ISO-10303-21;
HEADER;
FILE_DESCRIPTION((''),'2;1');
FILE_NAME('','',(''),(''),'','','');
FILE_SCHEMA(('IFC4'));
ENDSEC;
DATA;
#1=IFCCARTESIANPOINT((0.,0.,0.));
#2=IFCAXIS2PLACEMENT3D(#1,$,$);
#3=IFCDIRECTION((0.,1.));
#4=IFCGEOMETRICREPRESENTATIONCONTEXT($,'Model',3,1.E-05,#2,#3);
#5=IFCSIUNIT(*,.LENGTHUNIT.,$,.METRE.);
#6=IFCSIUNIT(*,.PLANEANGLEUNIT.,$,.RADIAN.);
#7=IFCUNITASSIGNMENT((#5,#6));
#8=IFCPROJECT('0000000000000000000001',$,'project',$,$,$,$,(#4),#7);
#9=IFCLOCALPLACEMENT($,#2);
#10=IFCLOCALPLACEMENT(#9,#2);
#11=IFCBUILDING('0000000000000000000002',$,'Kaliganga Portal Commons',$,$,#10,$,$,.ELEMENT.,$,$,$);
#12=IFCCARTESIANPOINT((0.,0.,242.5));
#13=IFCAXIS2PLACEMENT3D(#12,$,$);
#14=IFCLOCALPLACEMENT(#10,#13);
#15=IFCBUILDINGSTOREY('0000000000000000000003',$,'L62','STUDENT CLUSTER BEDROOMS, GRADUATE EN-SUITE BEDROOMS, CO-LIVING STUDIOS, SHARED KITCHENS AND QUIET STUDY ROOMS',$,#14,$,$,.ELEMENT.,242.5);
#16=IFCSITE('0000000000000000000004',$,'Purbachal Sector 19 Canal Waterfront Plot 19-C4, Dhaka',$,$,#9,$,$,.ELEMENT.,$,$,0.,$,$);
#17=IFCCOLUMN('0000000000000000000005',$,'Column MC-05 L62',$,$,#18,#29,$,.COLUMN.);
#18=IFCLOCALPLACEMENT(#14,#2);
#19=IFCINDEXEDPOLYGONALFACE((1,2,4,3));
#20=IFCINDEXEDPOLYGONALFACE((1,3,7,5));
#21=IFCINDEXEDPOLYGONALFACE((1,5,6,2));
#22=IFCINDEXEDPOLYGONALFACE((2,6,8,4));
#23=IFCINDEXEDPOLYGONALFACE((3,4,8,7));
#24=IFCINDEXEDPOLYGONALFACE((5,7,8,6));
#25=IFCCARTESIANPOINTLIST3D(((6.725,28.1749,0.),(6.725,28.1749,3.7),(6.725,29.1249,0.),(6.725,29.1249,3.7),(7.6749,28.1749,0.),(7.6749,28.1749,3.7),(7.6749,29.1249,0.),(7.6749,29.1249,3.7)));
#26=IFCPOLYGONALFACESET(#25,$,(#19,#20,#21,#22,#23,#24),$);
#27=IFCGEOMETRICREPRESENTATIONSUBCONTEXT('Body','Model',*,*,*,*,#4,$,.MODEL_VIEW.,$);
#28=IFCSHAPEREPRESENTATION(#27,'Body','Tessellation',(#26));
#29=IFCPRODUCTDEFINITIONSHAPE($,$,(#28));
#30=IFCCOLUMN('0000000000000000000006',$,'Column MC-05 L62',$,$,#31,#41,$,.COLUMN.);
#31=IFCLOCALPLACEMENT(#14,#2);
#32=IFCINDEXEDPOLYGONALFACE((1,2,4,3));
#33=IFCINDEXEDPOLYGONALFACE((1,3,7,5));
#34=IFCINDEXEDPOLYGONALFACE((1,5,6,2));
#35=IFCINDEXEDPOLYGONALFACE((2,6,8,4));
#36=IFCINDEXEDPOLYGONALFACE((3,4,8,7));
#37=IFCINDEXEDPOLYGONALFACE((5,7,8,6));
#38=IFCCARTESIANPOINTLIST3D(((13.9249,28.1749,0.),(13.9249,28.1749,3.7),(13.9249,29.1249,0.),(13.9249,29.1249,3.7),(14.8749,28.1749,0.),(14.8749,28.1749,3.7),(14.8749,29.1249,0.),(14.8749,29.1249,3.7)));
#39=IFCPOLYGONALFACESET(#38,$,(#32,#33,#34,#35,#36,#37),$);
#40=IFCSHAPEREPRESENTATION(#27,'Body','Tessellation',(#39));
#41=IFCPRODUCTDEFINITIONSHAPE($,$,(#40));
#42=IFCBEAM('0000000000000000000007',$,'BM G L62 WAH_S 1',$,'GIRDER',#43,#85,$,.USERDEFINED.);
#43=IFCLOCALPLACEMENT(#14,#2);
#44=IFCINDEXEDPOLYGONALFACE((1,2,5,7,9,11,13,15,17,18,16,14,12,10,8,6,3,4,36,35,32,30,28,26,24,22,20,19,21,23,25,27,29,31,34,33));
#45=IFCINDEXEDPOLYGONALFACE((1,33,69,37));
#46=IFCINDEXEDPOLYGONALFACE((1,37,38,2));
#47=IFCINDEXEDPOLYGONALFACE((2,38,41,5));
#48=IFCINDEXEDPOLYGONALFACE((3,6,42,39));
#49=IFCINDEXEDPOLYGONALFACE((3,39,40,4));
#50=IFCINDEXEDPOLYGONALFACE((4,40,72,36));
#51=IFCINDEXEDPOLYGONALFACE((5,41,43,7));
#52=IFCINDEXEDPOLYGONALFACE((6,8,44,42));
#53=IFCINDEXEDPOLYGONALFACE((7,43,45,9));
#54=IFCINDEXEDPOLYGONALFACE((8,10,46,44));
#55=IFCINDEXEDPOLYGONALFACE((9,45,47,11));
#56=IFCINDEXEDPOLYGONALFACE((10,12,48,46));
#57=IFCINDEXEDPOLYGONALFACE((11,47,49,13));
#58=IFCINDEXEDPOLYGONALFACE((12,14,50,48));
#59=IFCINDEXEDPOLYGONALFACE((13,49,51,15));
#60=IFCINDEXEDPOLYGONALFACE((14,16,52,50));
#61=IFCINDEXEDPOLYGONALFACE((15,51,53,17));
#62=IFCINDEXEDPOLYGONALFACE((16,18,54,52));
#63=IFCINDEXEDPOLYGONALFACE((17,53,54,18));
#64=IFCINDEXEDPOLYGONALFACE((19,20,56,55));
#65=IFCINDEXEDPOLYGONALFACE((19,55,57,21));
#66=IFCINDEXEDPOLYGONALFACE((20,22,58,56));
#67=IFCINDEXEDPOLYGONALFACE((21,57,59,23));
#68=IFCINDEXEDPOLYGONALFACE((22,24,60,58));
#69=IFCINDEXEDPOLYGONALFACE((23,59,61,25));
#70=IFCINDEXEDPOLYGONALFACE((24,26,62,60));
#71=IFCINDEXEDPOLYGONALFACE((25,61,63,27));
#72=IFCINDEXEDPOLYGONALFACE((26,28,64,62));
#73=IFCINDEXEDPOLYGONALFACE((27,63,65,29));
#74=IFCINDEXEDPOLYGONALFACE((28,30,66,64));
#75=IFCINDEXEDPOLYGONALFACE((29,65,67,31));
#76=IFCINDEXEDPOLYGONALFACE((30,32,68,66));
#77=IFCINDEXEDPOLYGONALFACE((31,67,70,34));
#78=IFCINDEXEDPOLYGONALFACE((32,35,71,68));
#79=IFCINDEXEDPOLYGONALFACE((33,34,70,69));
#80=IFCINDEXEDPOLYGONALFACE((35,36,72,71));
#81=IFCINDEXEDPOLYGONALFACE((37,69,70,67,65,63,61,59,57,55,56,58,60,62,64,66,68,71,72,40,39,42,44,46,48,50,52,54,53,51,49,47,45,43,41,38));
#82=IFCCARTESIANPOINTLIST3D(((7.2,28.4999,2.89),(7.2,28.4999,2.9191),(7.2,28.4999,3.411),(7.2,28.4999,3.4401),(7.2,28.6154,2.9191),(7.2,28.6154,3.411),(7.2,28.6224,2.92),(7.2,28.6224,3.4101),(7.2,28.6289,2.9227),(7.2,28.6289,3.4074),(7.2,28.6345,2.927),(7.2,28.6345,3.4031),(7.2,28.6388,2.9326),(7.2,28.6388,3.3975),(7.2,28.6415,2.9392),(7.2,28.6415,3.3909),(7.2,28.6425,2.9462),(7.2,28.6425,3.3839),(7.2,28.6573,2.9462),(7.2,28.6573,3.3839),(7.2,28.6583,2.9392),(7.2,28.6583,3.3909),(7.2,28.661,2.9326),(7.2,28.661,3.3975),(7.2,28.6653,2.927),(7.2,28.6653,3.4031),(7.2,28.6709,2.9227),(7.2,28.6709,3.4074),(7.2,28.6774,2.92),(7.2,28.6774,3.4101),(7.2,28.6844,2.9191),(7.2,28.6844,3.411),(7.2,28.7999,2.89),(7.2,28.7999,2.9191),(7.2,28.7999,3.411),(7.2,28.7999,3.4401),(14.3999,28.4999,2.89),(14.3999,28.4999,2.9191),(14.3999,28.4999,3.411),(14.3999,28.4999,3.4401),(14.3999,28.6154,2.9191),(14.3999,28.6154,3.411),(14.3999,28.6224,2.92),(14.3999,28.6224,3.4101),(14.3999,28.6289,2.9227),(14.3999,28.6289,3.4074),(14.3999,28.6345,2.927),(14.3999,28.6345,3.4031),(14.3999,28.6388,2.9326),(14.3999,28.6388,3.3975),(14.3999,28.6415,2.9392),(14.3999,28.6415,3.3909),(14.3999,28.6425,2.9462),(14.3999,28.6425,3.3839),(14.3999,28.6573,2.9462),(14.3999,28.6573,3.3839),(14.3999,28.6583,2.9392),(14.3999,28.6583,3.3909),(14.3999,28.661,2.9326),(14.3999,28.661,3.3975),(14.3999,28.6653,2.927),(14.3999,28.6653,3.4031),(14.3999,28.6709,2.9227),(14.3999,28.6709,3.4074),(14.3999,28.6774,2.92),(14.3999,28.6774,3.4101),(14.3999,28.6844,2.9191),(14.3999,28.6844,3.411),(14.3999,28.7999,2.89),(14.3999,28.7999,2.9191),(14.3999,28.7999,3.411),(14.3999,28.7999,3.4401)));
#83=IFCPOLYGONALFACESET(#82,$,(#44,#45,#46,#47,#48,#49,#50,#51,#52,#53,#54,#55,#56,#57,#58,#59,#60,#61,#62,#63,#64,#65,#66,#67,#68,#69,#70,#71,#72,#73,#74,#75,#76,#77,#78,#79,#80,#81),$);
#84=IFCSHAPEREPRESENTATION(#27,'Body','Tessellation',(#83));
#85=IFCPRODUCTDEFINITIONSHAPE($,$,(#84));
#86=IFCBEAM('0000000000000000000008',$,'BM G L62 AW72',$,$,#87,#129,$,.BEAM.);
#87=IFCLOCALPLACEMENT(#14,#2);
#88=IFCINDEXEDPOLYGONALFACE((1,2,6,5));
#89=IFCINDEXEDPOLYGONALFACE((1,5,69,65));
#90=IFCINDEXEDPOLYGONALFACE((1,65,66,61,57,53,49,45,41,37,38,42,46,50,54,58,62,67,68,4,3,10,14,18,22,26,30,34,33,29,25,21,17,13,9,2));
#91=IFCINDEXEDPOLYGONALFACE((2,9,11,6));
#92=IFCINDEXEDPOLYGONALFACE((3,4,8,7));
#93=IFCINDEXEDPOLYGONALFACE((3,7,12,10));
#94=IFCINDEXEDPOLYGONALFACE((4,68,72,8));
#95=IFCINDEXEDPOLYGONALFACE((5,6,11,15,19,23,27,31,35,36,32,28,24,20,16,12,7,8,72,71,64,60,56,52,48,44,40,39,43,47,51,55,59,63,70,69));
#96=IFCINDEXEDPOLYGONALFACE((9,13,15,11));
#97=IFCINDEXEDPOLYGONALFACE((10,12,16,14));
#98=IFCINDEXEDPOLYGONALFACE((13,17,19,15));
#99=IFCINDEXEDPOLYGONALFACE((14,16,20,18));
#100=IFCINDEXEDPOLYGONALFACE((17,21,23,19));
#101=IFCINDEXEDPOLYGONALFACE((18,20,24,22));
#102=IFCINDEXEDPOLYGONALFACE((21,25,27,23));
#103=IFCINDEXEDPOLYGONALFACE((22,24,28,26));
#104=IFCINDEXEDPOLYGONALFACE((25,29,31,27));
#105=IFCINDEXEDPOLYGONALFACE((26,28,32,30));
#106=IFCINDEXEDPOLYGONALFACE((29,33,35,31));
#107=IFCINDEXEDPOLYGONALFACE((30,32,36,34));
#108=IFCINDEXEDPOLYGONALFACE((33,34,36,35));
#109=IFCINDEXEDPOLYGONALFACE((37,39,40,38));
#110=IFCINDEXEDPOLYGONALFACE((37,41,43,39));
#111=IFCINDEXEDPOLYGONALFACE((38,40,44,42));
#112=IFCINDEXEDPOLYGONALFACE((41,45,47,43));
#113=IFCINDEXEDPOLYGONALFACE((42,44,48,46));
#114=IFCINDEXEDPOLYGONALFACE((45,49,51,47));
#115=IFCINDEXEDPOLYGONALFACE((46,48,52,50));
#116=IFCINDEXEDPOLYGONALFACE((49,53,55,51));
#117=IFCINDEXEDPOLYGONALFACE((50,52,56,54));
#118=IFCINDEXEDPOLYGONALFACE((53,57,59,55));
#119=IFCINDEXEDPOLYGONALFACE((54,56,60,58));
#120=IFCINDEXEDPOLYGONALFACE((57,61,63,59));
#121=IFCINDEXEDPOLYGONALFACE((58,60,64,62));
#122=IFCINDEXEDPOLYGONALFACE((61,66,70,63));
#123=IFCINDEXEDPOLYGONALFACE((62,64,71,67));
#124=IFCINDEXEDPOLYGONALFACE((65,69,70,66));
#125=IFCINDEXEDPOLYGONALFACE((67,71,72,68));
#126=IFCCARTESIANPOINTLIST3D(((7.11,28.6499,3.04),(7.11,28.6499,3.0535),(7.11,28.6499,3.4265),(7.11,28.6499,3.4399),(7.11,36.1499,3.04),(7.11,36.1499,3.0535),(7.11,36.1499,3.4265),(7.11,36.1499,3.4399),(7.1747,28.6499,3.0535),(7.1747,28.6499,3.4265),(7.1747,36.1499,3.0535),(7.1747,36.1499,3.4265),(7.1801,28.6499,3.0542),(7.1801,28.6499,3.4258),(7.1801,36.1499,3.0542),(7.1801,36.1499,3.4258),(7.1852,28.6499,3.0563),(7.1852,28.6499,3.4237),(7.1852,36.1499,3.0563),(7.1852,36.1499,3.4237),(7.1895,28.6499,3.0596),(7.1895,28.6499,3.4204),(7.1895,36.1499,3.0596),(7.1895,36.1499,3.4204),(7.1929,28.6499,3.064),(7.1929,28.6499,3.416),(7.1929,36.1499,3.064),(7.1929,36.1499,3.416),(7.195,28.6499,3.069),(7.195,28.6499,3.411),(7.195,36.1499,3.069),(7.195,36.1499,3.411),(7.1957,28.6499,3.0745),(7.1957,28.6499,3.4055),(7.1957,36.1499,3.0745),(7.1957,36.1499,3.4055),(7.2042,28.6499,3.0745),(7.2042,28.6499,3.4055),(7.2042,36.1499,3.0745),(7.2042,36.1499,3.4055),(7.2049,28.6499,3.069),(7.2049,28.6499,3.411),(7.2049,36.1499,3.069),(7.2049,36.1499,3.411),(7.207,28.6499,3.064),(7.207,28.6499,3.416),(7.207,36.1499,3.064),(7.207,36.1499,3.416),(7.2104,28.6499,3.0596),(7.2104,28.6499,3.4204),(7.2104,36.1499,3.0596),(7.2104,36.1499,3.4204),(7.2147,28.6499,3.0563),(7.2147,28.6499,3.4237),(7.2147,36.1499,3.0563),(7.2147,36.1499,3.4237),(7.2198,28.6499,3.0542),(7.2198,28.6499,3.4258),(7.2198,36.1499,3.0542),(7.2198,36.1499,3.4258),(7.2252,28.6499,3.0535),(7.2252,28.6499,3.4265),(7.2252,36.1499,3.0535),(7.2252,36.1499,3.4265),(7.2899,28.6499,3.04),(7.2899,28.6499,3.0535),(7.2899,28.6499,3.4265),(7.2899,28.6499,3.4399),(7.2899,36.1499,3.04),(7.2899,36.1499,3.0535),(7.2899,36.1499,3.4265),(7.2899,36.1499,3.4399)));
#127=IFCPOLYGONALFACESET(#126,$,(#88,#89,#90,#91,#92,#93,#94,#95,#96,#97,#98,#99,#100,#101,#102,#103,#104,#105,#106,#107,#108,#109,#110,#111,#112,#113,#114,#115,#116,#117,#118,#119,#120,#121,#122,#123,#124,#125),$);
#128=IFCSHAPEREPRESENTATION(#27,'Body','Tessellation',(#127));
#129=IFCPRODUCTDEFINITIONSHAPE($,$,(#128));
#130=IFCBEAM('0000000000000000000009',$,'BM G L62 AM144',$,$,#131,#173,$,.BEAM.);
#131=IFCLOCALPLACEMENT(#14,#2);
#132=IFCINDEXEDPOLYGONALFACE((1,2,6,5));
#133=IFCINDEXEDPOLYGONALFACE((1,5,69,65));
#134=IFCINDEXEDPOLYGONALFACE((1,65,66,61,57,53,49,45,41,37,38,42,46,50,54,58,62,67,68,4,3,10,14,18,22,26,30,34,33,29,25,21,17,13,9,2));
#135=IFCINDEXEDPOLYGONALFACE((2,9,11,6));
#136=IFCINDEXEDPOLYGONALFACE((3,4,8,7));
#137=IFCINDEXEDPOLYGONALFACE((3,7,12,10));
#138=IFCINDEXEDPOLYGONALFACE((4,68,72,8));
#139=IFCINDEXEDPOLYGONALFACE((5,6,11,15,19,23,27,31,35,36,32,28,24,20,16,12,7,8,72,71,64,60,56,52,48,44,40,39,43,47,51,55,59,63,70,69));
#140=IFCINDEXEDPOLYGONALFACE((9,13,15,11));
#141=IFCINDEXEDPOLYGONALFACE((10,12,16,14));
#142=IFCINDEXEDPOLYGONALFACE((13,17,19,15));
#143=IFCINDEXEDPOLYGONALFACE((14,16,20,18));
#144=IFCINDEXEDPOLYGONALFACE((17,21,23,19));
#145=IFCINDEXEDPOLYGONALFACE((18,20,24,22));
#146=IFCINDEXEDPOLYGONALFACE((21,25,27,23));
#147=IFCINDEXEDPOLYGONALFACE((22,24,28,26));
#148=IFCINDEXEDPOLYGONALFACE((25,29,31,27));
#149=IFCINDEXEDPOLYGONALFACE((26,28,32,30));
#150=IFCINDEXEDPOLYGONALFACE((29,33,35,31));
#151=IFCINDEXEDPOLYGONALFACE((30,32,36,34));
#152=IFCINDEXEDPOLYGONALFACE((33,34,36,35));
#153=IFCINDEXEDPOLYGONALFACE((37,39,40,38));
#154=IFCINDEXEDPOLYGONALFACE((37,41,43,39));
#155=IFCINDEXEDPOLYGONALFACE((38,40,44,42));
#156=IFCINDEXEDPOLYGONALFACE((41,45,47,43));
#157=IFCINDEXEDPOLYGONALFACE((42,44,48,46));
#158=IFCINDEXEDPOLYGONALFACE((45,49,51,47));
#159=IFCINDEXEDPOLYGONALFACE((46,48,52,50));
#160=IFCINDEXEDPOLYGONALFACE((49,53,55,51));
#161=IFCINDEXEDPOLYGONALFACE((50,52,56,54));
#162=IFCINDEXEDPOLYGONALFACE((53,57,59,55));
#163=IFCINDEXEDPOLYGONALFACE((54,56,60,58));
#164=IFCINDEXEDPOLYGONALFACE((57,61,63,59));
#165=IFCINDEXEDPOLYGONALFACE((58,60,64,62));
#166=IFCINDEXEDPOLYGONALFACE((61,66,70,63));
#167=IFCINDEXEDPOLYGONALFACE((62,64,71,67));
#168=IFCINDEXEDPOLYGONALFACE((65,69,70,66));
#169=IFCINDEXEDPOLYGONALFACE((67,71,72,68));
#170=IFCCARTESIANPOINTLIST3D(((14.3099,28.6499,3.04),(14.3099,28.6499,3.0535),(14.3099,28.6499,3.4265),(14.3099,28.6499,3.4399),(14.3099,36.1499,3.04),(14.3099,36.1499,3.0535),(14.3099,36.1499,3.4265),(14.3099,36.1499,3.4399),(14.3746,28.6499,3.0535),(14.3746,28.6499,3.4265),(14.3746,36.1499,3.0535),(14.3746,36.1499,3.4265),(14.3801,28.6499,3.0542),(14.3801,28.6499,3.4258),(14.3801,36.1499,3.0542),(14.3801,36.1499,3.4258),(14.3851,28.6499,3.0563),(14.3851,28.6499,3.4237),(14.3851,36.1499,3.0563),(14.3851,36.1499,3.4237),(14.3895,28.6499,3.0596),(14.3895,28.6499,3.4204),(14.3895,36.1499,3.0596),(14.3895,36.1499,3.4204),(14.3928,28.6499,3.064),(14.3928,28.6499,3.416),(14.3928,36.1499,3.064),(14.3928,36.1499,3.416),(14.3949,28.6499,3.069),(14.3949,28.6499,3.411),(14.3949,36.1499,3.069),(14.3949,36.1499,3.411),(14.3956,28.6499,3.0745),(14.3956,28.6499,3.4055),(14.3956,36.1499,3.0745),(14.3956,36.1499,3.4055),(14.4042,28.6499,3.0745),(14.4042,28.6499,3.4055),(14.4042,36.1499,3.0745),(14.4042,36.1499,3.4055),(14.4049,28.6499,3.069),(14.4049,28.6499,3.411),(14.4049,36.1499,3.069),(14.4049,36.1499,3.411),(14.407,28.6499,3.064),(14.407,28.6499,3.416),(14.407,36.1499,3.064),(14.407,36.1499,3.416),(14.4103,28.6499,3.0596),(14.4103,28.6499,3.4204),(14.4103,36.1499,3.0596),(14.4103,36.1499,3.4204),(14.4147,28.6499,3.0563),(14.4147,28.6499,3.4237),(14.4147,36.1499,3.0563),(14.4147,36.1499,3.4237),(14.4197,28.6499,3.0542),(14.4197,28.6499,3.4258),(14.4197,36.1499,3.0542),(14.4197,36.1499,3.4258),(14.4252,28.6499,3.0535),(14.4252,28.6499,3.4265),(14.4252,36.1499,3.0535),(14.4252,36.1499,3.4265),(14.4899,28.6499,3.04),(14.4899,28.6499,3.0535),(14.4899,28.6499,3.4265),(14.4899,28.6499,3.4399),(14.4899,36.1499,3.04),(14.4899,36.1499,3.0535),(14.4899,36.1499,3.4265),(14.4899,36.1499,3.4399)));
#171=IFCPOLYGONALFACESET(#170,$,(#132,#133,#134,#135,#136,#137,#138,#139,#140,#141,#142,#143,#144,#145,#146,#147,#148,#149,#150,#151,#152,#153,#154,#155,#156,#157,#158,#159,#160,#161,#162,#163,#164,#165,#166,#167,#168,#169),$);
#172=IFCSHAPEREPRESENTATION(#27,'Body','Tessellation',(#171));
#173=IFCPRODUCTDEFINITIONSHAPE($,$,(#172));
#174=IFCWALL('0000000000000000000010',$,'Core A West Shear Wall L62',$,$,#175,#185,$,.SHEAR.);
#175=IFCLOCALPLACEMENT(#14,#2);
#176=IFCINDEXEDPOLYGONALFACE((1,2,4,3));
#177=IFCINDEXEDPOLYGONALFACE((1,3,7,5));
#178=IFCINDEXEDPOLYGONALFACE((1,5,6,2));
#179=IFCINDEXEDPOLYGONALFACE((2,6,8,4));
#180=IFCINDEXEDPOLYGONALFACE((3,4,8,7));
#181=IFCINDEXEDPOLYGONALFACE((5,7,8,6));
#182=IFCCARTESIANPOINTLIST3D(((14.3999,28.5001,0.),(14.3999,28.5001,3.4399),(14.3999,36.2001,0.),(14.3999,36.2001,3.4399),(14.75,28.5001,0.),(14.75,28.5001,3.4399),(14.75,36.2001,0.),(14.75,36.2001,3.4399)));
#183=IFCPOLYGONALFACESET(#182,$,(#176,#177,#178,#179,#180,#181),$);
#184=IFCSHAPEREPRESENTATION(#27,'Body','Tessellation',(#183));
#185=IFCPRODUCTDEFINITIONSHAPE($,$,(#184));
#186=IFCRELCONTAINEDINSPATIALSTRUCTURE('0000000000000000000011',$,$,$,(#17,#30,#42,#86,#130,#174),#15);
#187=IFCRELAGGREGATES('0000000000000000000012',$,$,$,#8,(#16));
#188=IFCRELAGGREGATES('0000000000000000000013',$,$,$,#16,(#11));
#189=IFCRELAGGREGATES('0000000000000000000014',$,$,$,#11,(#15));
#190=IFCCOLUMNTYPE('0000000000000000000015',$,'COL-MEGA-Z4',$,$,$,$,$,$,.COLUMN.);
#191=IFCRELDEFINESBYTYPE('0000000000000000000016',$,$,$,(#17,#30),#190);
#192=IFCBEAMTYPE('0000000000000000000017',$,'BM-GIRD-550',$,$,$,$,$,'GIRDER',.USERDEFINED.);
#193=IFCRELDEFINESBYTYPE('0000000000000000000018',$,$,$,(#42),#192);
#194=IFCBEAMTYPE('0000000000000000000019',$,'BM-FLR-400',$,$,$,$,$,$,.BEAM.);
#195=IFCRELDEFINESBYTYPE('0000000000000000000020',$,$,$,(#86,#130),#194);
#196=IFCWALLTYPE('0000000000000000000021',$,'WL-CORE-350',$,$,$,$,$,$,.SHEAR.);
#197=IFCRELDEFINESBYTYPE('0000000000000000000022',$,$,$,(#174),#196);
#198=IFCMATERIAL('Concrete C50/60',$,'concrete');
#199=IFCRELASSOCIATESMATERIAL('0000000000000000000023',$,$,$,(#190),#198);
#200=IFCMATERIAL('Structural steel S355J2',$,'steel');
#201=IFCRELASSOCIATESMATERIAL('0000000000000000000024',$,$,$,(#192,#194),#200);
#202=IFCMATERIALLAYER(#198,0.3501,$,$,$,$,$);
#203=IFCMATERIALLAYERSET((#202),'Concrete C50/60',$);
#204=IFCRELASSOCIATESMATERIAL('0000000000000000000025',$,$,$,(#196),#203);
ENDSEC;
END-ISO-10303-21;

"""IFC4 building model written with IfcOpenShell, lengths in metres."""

from ifc_helpers import new_model, si_unit, direction, frame, frame_2d, origin, origin_2d, place, context, subcontext, project, spatial, rectangle, i_section, extrude, source, transform, mapped, material, layer, layer_set, material_profile, profile_set, type_object, element, save


model = new_model("IFC4")

# Units and contexts
model_context = context("Model", 3, precision=1e-05, world=origin(), true_north=direction((0.0, 1.0)))
body_context = subcontext(model_context, "Body", "Model", "MODEL_VIEW")
ifc_project = project(units=[si_unit("LENGTHUNIT", "METRE"), si_unit("PLANEANGLEUNIT", "RADIAN")], contexts=[model_context])

# Site, building, storey
site_placement = place(None, origin())
site = spatial("IfcSite", under=ifc_project, at=site_placement, Name="Purbachal Sector 19 Canal Waterfront Plot 19-C4, Dhaka", CompositionType="ELEMENT", RefElevation=0.0)
building_placement = place(site_placement, origin())
building = spatial("IfcBuilding", under=site, at=building_placement, Name="Kaliganga Portal Commons", CompositionType="ELEMENT")
storey_placement = place(building_placement, frame((0.0, 0.0, 242.5)))
storey = spatial("IfcBuildingStorey", under=building, at=storey_placement, Name="L62", Description="STUDENT CLUSTER BEDROOMS, GRADUATE EN-SUITE BEDROOMS, CO-LIVING STUDIOS, SHARED KITCHENS AND QUIET STUDY ROOMS", CompositionType="ELEMENT", Elevation=242.5)

# Columns
ifc_material_1 = material(Name="Concrete C50/60", Category="concrete")
ifc_material_profile_1 = material_profile(ifc_material_1, rectangle(XDim=0.95, YDim=0.95, at=origin_2d()), Name="RC 950x950")
ifc_profile_set_1 = profile_set([ifc_material_profile_1], Name="Concrete C50/60")
column_type = type_object("IfcColumnType", Name="COL-MEGA-Z4", PredefinedType="COLUMN", material=ifc_profile_set_1)
shared_shape_1 = source(origin(), body_context, "Body", "SweptSolid", [
    extrude(rectangle(XDim=0.95, YDim=0.95, at=origin_2d()), origin(), (0.0, 0.0, 1.0), 3.7),
])
for number, where, z_axis, x_axis, name in (
    (1, (7.2, 28.6499, 0.0), (0.0, 0.0, 1.0), (1.0, 0.0, 0.0), "Column MC-05 L62"),
    (2, (14.3999, 28.6499, 0.0), (0.0, 0.0, 1.0), (1.0, 0.0, 0.0), "Column MC-05 L62"),
):
    element("IfcColumn", number, at=place(storey_placement, frame(where, z_axis=z_axis, x_axis=x_axis)), inside=storey, type_object=column_type, Name=name, PredefinedType="COLUMN", context=body_context, shape_type="MappedRepresentation", body=[
        mapped(shared_shape_1, transform((0.0, 0.0, 0.0), x_axis=(1.0, 0.0, 0.0), y_axis=(0.0, 1.0, 0.0), z_axis=(0.0, 0.0, 1.0), scale=1.0)),
    ])

# Beams
ifc_material_2 = material(Name="Structural steel S355J2", Category="steel")
ifc_material_profile_2 = material_profile(ifc_material_2, i_section(OverallWidth=0.3, OverallDepth=0.55, WebThickness=0.0149, FlangeThickness=0.0291, FilletRadius=0.0271, at=origin_2d()), Name="HE 550 B")
ifc_profile_set_2 = profile_set([ifc_material_profile_2], Name="Structural steel S355J2 wide-flange")
beam_type_1 = type_object("IfcBeamType", Name="BM-GIRD-550", ElementType="GIRDER", PredefinedType="USERDEFINED", material=ifc_profile_set_2)
shared_shape_2 = source(origin(), body_context, "Body", "SweptSolid", [
    extrude(i_section(OverallWidth=0.3, OverallDepth=0.55, WebThickness=0.0149, FlangeThickness=0.0291, FilletRadius=0.0271, at=origin_2d()), origin(), (0.0, 0.0, 1.0), 7.2),
])
beam_placement = place(storey_placement, frame((7.2, 28.6499, 3.165), z_axis=(1.0, 0.0, 0.0), x_axis=(0.0, 1.0, 0.0)))
element("IfcBeam", 3, at=beam_placement, inside=storey, type_object=beam_type_1, Name="BM G L62 WAH_S 1", ObjectType="GIRDER", PredefinedType="USERDEFINED", context=body_context, shape_type="MappedRepresentation", body=[
    mapped(shared_shape_2, transform((0.0, 0.0, 0.0), x_axis=(1.0, 0.0, 0.0), y_axis=(0.0, 1.0, 0.0), z_axis=(0.0, 0.0, 1.0), scale=1.0)),
])
ifc_material_profile_3 = material_profile(ifc_material_2, i_section(OverallWidth=0.1799, OverallDepth=0.3999, WebThickness=0.0085, FlangeThickness=0.0134, FilletRadius=0.021, at=origin_2d()), Name="IPE 400")
ifc_profile_set_3 = profile_set([ifc_material_profile_3], Name="Structural steel S355J2 wide-flange")
beam_type_2 = type_object("IfcBeamType", Name="BM-FLR-400", PredefinedType="BEAM", material=ifc_profile_set_3)
shared_shape_3 = source(origin(), body_context, "Body", "SweptSolid", [
    extrude(i_section(OverallWidth=0.1799, OverallDepth=0.3999, WebThickness=0.0085, FlangeThickness=0.0134, FilletRadius=0.021, at=origin_2d()), origin(), (0.0, 0.0, 1.0), 7.5),
])
for number, where, z_axis, x_axis, name in (
    (4, (7.2, 28.6499, 3.24), (0.0, 1.0, 0.0), (-1.0, 0.0, 0.0), "BM G L62 AW72"),
    (5, (14.3999, 28.6499, 3.24), (0.0, 1.0, 0.0), (-1.0, 0.0, 0.0), "BM G L62 AM144"),
):
    element("IfcBeam", number, at=place(storey_placement, frame(where, z_axis=z_axis, x_axis=x_axis)), inside=storey, type_object=beam_type_2, Name=name, PredefinedType="BEAM", context=body_context, shape_type="MappedRepresentation", body=[
        mapped(shared_shape_3, transform((0.0, 0.0, 0.0), x_axis=(1.0, 0.0, 0.0), y_axis=(0.0, 1.0, 0.0), z_axis=(0.0, 0.0, 1.0), scale=1.0)),
    ])

# Wall
ifc_layer_1 = layer(ifc_material_1, 0.3501)
ifc_layer_set_1 = layer_set([ifc_layer_1], Name="Concrete C50/60")
wall_type_1 = type_object("IfcWallType", Name="WL-CORE-350", PredefinedType="SHEAR", material=ifc_layer_set_1)
wall_1_placement = place(storey_placement, frame((14.575, 28.5, 0.0), z_axis=(0.0, 0.0, 1.0), x_axis=(0.0, 1.0, 0.0)))
element("IfcWall", 6, at=wall_1_placement, inside=storey, type_object=wall_type_1, Name="Core A West Shear Wall L62", PredefinedType="SHEAR", context=body_context, shape_type="SweptSolid", body=[
    extrude(rectangle(XDim=7.7, YDim=0.3501, at=frame_2d((3.8501, 0.0))), origin(), (0.0, 0.0, 1.0), 3.4399),
])

save(model, "model.ifc")
